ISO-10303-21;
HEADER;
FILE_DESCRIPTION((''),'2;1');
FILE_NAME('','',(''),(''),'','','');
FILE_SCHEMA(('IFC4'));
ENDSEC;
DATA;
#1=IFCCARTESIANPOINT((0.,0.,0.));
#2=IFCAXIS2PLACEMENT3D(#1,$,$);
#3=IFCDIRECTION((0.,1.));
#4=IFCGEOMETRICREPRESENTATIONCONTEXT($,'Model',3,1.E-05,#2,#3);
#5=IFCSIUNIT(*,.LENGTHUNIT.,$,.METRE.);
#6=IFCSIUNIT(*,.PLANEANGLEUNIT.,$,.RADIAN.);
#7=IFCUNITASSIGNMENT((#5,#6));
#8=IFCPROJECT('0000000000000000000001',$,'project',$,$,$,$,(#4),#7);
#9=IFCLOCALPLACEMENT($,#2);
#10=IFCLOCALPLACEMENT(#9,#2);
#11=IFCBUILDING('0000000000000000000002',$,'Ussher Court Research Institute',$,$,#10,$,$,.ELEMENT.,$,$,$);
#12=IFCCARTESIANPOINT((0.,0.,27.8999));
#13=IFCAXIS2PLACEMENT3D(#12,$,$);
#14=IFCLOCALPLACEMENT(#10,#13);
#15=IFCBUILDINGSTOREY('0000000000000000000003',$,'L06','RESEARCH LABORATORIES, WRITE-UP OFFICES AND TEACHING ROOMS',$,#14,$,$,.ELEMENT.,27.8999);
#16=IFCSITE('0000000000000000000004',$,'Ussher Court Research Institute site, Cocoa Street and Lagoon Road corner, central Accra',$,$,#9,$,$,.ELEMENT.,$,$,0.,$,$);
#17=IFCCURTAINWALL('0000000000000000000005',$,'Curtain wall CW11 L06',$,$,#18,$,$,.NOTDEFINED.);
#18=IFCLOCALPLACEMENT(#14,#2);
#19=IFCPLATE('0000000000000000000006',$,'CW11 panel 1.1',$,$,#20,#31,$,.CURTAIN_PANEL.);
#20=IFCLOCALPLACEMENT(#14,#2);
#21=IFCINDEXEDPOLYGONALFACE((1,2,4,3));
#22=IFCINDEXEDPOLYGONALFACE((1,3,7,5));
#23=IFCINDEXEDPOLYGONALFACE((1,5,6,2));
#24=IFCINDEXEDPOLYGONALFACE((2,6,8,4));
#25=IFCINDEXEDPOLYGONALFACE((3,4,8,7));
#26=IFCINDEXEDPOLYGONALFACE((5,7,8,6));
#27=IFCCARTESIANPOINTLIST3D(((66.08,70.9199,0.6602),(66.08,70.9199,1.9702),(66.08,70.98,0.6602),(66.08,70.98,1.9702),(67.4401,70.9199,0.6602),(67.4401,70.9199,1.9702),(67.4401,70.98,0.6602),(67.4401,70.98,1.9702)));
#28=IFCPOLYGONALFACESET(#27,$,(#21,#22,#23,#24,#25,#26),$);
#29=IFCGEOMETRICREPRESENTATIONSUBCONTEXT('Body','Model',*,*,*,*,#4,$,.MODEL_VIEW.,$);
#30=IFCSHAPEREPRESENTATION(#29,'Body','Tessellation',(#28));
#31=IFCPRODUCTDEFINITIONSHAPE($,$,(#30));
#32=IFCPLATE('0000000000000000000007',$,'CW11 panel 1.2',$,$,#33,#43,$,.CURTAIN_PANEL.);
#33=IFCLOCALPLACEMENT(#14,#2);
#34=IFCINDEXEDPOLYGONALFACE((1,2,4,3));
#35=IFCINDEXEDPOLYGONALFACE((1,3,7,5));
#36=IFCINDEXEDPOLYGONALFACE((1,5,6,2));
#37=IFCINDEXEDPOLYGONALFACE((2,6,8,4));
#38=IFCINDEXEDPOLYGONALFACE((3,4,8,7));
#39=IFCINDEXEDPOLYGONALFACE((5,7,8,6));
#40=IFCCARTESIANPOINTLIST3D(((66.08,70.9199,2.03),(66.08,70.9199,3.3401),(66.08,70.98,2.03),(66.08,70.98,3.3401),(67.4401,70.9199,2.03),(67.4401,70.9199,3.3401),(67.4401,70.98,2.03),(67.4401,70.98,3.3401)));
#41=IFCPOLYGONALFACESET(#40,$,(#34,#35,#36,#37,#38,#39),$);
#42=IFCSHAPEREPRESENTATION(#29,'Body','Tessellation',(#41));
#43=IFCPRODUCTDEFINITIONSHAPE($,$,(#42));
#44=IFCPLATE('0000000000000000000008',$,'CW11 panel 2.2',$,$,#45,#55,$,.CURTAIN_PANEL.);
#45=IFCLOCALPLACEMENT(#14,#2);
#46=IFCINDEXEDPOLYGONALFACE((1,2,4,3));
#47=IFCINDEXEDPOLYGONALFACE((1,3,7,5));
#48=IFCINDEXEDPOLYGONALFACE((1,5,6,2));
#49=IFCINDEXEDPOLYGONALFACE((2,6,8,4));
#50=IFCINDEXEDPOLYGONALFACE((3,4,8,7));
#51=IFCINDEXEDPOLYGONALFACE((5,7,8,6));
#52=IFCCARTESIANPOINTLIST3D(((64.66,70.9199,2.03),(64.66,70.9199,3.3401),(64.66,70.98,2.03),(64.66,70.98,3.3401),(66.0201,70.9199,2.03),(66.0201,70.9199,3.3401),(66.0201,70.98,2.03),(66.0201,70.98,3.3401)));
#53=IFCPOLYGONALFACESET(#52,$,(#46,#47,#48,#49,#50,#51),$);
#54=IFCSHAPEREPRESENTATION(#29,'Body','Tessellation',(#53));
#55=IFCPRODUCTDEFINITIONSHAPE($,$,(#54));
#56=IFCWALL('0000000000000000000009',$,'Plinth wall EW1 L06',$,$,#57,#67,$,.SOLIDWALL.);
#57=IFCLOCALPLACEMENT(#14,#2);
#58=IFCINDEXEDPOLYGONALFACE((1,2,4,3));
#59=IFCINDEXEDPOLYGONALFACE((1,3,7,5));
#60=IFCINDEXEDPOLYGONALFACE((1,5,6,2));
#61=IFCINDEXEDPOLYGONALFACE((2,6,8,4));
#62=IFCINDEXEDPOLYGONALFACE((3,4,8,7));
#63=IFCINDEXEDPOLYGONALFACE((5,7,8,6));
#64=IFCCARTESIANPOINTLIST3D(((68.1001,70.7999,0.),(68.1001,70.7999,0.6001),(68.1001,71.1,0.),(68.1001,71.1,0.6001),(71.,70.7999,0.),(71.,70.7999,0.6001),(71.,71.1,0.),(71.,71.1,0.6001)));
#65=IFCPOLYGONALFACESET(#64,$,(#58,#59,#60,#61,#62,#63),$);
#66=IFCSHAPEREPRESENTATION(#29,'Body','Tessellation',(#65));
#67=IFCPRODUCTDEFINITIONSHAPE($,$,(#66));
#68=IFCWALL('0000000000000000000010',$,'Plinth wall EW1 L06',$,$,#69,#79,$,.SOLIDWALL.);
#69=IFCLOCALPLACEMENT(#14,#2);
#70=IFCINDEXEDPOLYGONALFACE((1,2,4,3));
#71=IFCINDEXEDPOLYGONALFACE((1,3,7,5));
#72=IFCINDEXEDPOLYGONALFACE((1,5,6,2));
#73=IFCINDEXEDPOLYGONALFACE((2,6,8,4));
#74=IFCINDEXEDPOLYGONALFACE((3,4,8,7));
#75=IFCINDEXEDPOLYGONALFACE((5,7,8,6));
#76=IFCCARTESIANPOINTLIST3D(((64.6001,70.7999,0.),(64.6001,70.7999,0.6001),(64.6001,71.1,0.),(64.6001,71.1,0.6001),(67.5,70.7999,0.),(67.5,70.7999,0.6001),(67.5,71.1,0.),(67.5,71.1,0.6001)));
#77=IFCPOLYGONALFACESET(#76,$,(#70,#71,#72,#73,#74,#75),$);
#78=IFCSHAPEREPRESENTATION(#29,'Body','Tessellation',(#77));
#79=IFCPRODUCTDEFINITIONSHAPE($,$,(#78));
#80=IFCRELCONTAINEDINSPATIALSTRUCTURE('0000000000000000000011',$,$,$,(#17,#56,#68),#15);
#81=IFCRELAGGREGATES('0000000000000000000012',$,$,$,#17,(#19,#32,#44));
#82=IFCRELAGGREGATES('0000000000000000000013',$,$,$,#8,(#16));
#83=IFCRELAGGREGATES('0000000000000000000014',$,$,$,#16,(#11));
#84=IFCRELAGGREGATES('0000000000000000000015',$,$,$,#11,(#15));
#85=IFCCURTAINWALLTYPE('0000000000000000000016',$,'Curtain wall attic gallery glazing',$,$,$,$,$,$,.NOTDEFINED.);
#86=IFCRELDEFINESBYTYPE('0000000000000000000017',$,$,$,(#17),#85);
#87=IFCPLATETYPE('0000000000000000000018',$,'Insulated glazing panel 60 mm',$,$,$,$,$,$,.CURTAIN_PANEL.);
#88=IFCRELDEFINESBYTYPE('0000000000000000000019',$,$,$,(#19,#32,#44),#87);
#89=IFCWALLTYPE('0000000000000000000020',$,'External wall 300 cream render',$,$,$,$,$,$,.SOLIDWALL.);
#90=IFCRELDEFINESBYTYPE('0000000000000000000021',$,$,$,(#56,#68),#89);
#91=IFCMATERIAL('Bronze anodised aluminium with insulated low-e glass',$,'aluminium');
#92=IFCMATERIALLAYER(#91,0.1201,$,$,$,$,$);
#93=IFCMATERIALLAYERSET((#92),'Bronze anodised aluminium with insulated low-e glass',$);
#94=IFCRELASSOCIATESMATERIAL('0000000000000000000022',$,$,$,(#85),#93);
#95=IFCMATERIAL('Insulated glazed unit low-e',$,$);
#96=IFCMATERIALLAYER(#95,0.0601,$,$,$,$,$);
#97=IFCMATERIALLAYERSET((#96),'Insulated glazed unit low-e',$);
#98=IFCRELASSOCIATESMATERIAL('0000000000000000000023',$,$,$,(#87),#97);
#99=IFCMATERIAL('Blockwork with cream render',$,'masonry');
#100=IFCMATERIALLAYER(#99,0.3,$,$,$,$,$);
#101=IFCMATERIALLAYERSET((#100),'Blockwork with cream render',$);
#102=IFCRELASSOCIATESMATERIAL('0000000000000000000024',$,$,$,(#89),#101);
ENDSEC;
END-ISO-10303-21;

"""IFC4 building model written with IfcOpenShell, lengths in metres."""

from ifc_helpers import new_model, si_unit, direction, frame, frame_2d, origin, origin_2d, place, context, subcontext, project, spatial, rectangle, extrude, material, layer, layer_set, type_object, element, aggregate, save


model = new_model("IFC4")

# Units and contexts
model_context = context("Model", 3, precision=1e-05, world=origin(), true_north=direction((0.0, 1.0)))
body_context = subcontext(model_context, "Body", "Model", "MODEL_VIEW")
ifc_project = project(units=[si_unit("LENGTHUNIT", "METRE"), si_unit("PLANEANGLEUNIT", "RADIAN")], contexts=[model_context])

# Site, building, storey
site_placement = place(None, origin())
site = spatial("IfcSite", under=ifc_project, at=site_placement, Name="Ussher Court Research Institute site, Cocoa Street and Lagoon Road corner, central Accra", CompositionType="ELEMENT", RefElevation=0.0)
building_placement = place(site_placement, origin())
building = spatial("IfcBuilding", under=site, at=building_placement, Name="Ussher Court Research Institute", CompositionType="ELEMENT")
storey_placement = place(building_placement, frame((0.0, 0.0, 27.8999)))
storey = spatial("IfcBuildingStorey", under=building, at=storey_placement, Name="L06", Description="RESEARCH LABORATORIES, WRITE-UP OFFICES AND TEACHING ROOMS", CompositionType="ELEMENT", Elevation=27.8999)

# Shared definitions
ifc_material_1 = material(Name="Bronze anodised aluminium with insulated low-e glass", Category="aluminium")
ifc_layer_1 = layer(ifc_material_1, 0.1201)
ifc_layer_set_1 = layer_set([ifc_layer_1], Name="Bronze anodised aluminium with insulated low-e glass")
curtain_wall_type = type_object("IfcCurtainWallType", Name="Curtain wall attic gallery glazing", PredefinedType="NOTDEFINED", material=ifc_layer_set_1)

# Curtain wall
curtain_wall_1_placement = place(storey_placement, origin())
curtain_wall_1 = element("IfcCurtainWall", 1, at=curtain_wall_1_placement, inside=storey, type_object=curtain_wall_type, Name="Curtain wall CW11 L06", PredefinedType="NOTDEFINED")

# Plates
ifc_material_2 = material(Name="Insulated glazed unit low-e")
ifc_layer_2 = layer(ifc_material_2, 0.0601)
ifc_layer_set_2 = layer_set([ifc_layer_2], Name="Insulated glazed unit low-e")
plate_type = type_object("IfcPlateType", Name="Insulated glazing panel 60 mm", PredefinedType="CURTAIN_PANEL", material=ifc_layer_set_2)
plate_1_placement = place(storey_placement, frame((66.76, 70.95, 0.6602), z_axis=(0.0, 0.0, 1.0), x_axis=(-1.0, 0.0, 0.0)))
plate_1 = element("IfcPlate", 2, at=plate_1_placement, type_object=plate_type, Name="CW11 panel 1.1", PredefinedType="CURTAIN_PANEL", context=body_context, shape_type="SweptSolid", body=[
    extrude(rectangle(XDim=1.3601, YDim=0.0601, at=origin_2d()), origin(), (0.0, 0.0, 1.0), 1.3101),
])
plate_2_placement = place(storey_placement, frame((66.76, 70.95, 2.03), z_axis=(0.0, 0.0, 1.0), x_axis=(-1.0, 0.0, 0.0)))
plate_2 = element("IfcPlate", 3, at=plate_2_placement, type_object=plate_type, Name="CW11 panel 1.2", PredefinedType="CURTAIN_PANEL", context=body_context, shape_type="SweptSolid", body=[
    extrude(rectangle(XDim=1.3601, YDim=0.0601, at=origin_2d()), origin(), (0.0, 0.0, 1.0), 1.3101),
])
plate_3_placement = place(storey_placement, frame((65.3401, 70.95, 2.03), z_axis=(0.0, 0.0, 1.0), x_axis=(-1.0, 0.0, 0.0)))
plate_3 = element("IfcPlate", 4, at=plate_3_placement, type_object=plate_type, Name="CW11 panel 2.2", PredefinedType="CURTAIN_PANEL", context=body_context, shape_type="SweptSolid", body=[
    extrude(rectangle(XDim=1.3601, YDim=0.0601, at=origin_2d()), origin(), (0.0, 0.0, 1.0), 1.3101),
])
aggregate(curtain_wall_1, [plate_1, plate_2, plate_3])

# Walls
ifc_material_3 = material(Name="Blockwork with cream render", Category="masonry")
ifc_layer_3 = layer(ifc_material_3, 0.3)
ifc_layer_set_3 = layer_set([ifc_layer_3], Name="Blockwork with cream render")
wall_type = type_object("IfcWallType", Name="External wall 300 cream render", PredefinedType="SOLIDWALL", material=ifc_layer_set_3)
for number, where, z_axis, x_axis, name in (
    (5, (71.0, 70.95, 0.0), (0.0, 0.0, 1.0), (-1.0, 0.0, 0.0), "Plinth wall EW1 L06"),
    (6, (67.5, 70.95, 0.0), (0.0, 0.0, 1.0), (-1.0, 0.0, 0.0), "Plinth wall EW1 L06"),
):
    element("IfcWall", number, at=place(storey_placement, frame(where, z_axis=z_axis, x_axis=x_axis)), inside=storey, type_object=wall_type, Name=name, PredefinedType="SOLIDWALL", context=body_context, shape_type="SweptSolid", body=[
        extrude(rectangle(XDim=2.8999, YDim=0.3, at=frame_2d((1.45, 0.0))), origin(), (0.0, 0.0, 1.0), 0.6001),
    ])

save(model, "model.ifc")
